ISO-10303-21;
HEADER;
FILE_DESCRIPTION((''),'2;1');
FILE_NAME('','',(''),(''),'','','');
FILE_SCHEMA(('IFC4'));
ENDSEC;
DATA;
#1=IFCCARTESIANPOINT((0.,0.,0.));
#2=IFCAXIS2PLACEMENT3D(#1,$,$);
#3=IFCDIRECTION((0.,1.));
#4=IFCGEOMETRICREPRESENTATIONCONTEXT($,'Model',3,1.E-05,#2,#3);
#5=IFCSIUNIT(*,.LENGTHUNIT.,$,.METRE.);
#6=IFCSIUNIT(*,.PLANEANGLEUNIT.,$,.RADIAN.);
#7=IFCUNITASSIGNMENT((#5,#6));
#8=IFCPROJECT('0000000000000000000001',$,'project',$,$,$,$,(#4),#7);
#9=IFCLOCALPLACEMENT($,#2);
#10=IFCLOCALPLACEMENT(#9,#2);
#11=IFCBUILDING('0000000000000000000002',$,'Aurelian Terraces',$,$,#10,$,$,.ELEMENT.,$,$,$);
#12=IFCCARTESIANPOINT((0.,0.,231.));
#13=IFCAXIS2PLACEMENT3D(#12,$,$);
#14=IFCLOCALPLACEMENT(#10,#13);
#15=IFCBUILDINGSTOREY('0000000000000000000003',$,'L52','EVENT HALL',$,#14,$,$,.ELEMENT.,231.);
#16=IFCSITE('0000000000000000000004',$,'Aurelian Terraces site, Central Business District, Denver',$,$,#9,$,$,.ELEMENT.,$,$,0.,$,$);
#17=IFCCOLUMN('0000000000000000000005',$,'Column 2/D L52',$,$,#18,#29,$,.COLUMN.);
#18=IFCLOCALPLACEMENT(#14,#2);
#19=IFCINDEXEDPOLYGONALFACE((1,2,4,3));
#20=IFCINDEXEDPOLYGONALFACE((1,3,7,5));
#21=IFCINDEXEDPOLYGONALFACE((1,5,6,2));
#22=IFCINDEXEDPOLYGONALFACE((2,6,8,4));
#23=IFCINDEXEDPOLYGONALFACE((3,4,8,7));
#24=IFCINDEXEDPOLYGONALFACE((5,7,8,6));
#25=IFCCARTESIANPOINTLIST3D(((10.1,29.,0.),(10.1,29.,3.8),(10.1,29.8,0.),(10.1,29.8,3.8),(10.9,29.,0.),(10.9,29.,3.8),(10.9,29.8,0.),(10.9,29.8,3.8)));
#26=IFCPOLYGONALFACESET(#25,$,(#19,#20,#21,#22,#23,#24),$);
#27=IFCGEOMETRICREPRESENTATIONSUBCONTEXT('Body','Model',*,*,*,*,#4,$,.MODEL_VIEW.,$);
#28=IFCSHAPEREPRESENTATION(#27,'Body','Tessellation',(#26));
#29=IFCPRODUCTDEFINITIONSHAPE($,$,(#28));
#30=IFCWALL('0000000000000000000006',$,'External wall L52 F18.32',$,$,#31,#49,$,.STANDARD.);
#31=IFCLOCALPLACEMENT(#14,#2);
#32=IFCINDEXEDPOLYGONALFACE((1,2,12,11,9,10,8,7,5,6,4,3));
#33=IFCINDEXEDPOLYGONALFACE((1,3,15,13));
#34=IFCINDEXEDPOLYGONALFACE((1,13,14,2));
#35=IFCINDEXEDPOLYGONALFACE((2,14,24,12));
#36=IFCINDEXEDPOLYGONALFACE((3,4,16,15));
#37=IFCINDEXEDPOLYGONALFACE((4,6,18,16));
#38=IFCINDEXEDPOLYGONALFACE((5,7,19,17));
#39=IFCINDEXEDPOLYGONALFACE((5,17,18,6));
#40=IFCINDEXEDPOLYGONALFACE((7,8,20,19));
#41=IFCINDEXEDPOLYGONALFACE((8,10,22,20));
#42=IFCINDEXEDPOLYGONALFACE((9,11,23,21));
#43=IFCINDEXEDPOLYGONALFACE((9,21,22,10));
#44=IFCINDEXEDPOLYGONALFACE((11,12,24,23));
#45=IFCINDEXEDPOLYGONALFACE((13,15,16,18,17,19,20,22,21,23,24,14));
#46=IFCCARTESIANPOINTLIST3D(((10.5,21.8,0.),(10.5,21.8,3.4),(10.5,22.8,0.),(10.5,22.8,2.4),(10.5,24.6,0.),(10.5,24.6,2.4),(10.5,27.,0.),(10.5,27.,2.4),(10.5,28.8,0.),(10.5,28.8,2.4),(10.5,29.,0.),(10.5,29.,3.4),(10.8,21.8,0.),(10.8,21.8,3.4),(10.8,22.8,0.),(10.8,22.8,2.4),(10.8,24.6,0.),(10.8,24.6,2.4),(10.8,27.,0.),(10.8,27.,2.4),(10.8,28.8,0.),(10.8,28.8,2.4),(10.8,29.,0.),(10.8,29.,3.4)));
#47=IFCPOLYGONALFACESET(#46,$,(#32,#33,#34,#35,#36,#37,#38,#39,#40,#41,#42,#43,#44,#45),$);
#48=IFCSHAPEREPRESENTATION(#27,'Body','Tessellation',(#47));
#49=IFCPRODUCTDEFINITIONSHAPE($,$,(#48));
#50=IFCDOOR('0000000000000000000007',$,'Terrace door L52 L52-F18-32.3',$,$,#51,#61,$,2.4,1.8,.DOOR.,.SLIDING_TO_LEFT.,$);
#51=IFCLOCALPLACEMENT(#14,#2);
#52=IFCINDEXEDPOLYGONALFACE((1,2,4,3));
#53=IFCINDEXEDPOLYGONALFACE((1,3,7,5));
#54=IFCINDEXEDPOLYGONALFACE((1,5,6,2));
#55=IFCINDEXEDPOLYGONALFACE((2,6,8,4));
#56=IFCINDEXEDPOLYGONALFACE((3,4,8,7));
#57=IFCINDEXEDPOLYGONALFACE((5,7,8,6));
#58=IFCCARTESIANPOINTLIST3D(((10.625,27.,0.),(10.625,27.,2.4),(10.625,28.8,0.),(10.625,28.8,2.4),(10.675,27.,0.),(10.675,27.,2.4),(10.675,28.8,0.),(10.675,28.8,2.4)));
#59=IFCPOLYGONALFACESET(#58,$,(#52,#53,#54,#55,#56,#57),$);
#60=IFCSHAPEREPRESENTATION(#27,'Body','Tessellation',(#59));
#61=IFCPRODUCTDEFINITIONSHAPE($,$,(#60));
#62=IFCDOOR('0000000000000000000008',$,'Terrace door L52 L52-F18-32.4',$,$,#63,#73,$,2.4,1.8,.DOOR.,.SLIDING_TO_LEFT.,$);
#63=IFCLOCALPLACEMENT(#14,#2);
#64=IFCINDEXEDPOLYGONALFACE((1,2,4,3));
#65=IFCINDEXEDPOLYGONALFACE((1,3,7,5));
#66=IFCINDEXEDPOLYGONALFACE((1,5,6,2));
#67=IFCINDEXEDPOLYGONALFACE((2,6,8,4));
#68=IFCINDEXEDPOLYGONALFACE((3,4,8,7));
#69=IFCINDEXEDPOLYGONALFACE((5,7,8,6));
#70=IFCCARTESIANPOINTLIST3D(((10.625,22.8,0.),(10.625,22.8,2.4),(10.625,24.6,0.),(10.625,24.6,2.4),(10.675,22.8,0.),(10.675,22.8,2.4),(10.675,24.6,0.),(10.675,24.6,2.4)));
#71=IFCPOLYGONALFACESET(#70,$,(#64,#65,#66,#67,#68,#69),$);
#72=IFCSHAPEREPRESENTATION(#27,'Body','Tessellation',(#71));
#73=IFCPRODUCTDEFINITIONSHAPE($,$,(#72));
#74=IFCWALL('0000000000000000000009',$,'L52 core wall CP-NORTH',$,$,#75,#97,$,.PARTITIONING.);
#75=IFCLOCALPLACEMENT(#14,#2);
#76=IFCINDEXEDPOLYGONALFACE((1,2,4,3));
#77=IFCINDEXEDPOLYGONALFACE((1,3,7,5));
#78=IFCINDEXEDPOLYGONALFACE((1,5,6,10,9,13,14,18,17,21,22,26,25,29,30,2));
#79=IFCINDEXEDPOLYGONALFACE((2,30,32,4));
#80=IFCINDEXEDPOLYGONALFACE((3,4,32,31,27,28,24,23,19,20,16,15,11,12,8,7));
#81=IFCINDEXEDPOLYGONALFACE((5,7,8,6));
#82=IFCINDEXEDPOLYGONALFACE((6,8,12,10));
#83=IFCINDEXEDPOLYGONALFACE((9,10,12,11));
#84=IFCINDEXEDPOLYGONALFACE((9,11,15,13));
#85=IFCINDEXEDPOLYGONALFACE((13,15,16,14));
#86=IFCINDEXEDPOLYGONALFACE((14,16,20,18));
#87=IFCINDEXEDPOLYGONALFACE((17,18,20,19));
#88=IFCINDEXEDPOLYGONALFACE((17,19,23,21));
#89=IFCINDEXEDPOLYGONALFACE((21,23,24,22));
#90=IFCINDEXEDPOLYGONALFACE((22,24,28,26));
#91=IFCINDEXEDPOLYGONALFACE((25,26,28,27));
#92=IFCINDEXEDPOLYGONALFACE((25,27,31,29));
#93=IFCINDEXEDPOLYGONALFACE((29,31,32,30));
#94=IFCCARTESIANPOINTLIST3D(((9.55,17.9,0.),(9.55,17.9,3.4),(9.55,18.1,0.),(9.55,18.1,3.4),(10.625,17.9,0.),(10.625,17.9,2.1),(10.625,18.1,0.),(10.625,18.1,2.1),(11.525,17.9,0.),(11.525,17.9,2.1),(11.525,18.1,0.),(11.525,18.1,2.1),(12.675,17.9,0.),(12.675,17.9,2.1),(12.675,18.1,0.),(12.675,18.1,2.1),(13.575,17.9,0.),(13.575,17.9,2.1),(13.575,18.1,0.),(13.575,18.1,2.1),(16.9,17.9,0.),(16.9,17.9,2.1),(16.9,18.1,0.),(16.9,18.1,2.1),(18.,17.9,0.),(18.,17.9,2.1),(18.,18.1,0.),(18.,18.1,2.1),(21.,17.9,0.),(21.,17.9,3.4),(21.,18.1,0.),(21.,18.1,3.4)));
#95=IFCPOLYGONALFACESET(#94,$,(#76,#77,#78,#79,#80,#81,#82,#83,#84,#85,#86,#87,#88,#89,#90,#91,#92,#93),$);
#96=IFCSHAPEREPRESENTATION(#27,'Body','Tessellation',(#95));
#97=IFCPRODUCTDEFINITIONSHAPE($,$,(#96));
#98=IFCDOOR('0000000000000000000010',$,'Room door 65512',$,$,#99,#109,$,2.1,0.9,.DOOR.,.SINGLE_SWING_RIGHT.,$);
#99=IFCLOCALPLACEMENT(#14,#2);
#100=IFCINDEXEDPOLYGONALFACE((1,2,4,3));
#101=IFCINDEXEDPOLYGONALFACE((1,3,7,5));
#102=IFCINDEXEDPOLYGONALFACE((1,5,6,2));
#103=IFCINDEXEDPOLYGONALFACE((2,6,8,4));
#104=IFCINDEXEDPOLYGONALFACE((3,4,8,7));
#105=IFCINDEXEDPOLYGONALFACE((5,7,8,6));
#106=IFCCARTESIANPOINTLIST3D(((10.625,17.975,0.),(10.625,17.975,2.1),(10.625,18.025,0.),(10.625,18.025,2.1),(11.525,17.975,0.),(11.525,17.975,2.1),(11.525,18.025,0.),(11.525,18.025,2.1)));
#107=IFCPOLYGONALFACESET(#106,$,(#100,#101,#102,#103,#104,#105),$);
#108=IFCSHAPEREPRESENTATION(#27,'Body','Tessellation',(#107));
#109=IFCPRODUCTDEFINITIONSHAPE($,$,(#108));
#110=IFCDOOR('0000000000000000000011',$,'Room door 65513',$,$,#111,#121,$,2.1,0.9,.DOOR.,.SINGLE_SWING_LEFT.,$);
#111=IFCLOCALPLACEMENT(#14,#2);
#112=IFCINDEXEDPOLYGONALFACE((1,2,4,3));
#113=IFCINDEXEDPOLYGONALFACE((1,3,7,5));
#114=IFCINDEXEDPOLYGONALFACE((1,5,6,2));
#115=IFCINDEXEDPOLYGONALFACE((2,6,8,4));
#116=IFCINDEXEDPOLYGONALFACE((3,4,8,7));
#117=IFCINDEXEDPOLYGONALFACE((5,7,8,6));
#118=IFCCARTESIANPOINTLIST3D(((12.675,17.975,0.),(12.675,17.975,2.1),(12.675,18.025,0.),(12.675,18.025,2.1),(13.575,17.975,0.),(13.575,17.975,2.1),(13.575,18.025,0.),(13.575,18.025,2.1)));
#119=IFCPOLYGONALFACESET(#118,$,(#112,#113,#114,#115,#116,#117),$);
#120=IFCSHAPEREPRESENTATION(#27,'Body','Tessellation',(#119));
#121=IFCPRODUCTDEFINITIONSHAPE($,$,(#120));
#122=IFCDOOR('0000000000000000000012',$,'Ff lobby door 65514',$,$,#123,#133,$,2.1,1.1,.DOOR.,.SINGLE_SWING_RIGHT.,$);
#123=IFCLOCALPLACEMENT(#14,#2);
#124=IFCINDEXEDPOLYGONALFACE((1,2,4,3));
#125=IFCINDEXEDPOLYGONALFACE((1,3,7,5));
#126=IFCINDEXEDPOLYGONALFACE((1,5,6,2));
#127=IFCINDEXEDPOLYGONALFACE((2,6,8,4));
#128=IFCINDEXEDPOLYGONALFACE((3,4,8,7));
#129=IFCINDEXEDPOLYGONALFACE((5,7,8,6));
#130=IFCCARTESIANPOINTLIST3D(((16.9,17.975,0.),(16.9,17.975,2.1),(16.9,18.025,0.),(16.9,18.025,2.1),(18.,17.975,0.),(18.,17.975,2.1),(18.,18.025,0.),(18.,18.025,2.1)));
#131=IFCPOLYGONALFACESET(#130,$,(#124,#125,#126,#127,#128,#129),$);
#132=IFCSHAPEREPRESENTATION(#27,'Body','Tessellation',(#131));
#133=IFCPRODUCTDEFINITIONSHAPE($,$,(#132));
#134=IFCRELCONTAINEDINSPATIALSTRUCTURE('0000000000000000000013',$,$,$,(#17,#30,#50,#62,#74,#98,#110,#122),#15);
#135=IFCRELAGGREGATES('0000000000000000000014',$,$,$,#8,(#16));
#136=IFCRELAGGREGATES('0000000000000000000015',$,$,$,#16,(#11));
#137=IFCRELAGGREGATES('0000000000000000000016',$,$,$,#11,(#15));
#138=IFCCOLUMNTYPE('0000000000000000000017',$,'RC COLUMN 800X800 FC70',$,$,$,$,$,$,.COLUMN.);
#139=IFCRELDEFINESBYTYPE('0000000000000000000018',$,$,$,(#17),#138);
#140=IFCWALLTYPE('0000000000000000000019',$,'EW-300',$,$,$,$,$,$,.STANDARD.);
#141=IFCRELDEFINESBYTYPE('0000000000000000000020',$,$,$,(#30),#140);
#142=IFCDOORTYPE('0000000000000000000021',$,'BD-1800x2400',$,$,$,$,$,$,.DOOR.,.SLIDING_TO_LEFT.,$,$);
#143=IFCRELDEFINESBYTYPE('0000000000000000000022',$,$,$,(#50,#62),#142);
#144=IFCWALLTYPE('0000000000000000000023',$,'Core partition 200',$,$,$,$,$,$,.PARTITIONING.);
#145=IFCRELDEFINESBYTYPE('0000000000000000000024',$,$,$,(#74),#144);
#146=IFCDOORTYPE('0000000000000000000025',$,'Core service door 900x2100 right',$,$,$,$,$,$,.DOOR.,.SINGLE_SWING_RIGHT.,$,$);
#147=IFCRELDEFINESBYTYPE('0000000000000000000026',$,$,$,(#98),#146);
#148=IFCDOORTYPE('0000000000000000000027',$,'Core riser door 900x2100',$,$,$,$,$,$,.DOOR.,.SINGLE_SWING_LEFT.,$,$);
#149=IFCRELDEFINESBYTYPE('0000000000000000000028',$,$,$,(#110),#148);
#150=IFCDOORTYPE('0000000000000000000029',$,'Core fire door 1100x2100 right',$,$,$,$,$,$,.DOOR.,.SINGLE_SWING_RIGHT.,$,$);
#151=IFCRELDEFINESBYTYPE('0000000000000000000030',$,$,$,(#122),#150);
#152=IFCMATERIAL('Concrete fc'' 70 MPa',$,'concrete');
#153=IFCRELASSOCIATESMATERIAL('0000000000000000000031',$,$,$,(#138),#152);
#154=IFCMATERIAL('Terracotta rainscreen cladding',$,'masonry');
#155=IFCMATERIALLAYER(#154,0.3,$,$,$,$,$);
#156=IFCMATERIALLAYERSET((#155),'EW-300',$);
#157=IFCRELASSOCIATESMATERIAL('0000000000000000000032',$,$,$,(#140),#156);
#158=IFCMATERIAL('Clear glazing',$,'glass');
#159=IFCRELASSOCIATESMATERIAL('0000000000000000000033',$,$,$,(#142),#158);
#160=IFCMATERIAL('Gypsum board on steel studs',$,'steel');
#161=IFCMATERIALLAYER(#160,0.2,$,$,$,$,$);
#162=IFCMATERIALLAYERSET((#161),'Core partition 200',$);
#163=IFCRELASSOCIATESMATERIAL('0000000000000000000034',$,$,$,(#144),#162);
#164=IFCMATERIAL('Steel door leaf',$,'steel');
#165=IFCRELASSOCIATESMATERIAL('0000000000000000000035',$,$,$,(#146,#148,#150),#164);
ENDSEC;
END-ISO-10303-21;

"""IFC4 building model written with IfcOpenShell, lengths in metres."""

from ifc_helpers import new_model, si_unit, direction, frame, frame_2d, origin, origin_2d, place, context, subcontext, project, spatial, rectangle, extrude, source, transform, mapped, material, layer, layer_set, material_profile, profile_set, type_object, element, fill, save


model = new_model("IFC4")

# Units and contexts
model_context = context("Model", 3, precision=1e-05, world=origin(), true_north=direction((0.0, 1.0)))
body_context = subcontext(model_context, "Body", "Model", "MODEL_VIEW")
ifc_project = project(units=[si_unit("LENGTHUNIT", "METRE"), si_unit("PLANEANGLEUNIT", "RADIAN")], contexts=[model_context])

# Site, building, storey
site_placement = place(None, origin())
site = spatial("IfcSite", under=ifc_project, at=site_placement, Name="Aurelian Terraces site, Central Business District, Denver", CompositionType="ELEMENT", RefElevation=0.0)
building_placement = place(site_placement, origin())
building = spatial("IfcBuilding", under=site, at=building_placement, Name="Aurelian Terraces", CompositionType="ELEMENT")
storey_placement = place(building_placement, frame((0.0, 0.0, 231.0)))
storey = spatial("IfcBuildingStorey", under=building, at=storey_placement, Name="L52", Description="EVENT HALL", CompositionType="ELEMENT", Elevation=231.0)

# Column
ifc_material_1 = material(Name="Concrete fc' 70 MPa", Category="concrete")
ifc_material_profile = material_profile(ifc_material_1, rectangle(XDim=0.8, YDim=0.8, at=origin_2d()))
ifc_profile_set = profile_set([ifc_material_profile], Name="Concrete fc' 70 MPa")
column_type = type_object("IfcColumnType", Name="RC COLUMN 800X800 FC70", PredefinedType="COLUMN", material=ifc_profile_set)
shared_shape_1 = source(origin(), body_context, "Body", "SweptSolid", [
    extrude(rectangle(XDim=0.8, YDim=0.8, at=origin_2d()), origin(), (0.0, 0.0, 1.0), 3.8),
])
column_placement = place(storey_placement, frame((10.5, 29.4, 0.0), z_axis=(0.0, 0.0, 1.0), x_axis=(1.0, 0.0, 0.0)))
element("IfcColumn", 1, at=column_placement, inside=storey, type_object=column_type, Name="Column 2/D L52", PredefinedType="COLUMN", context=body_context, shape_type="MappedRepresentation", body=[
    mapped(shared_shape_1, transform((0.0, 0.0, 0.0), scale=1.0)),
])

# Walls, openings, doors
ifc_material_2 = material(Name="Terracotta rainscreen cladding", Category="masonry")
ifc_layer_1 = layer(ifc_material_2, 0.3)
ifc_layer_set_1 = layer_set([ifc_layer_1], Name="EW-300")
wall_type_1 = type_object("IfcWallType", Name="EW-300", PredefinedType="STANDARD", material=ifc_layer_set_1)
shared_shape_2 = source(origin(), body_context, "Body", "SweptSolid", [
    extrude(rectangle(XDim=7.2, YDim=0.3, at=frame_2d((3.6, 0.0))), origin(), (0.0, 0.0, 1.0), 3.4),
])
wall_1_placement = place(storey_placement, frame((10.65, 29.0, 0.0), z_axis=(0.0, 0.0, 1.0), x_axis=(0.0, -1.0, 0.0)))
wall_1 = element("IfcWall", 2, at=wall_1_placement, inside=storey, type_object=wall_type_1, Name="External wall L52 F18.32", PredefinedType="STANDARD", context=body_context, shape_type="MappedRepresentation", body=[
    mapped(shared_shape_2, transform((0.0, 0.0, 0.0), scale=1.0)),
])
shared_shape_3 = source(origin(), body_context, "Body", "SweptSolid", [
    extrude(rectangle(XDim=1.8, YDim=2.4, at=frame_2d((0.9, 1.2))), frame((0.0, 0.16, 0.0), z_axis=(0.0, -1.0, 0.0), x_axis=(1.0, 0.0, 0.0)), (0.0, 0.0, 1.0), 0.32),
])
opening_1_placement = place(wall_1_placement, frame((0.2, 0.0, 0.0)))
opening_1 = element("IfcOpeningElement", 3, at=opening_1_placement, cuts=wall_1, PredefinedType="OPENING", context=body_context, shape_type="MappedRepresentation", body=[
    mapped(shared_shape_3, transform((0.0, 0.0, 0.0), scale=1.0)),
])
opening_2_placement = place(wall_1_placement, frame((4.4, 0.0, 0.0)))
opening_2 = element("IfcOpeningElement", 4, at=opening_2_placement, cuts=wall_1, PredefinedType="OPENING", context=body_context, shape_type="MappedRepresentation", body=[
    mapped(shared_shape_3, transform((0.0, 0.0, 0.0), scale=1.0)),
])
ifc_material_3 = material(Name="Clear glazing", Category="glass")
door_type_1 = type_object("IfcDoorType", Name="BD-1800x2400", OperationType="SLIDING_TO_LEFT", PredefinedType="DOOR", material=ifc_material_3)
shared_shape_4 = source(origin(), body_context, "Body", "SweptSolid", [
    extrude(rectangle(XDim=1.8, YDim=2.4, at=frame_2d((0.9, 1.2))), frame((0.0, 0.025, 0.0), z_axis=(0.0, -1.0, 0.0), x_axis=(1.0, 0.0, 0.0)), (0.0, 0.0, 1.0), 0.05),
])
door_1_placement = place(opening_1_placement, origin())
door_1 = element("IfcDoor", 5, at=door_1_placement, inside=storey, type_object=door_type_1, Name="Terrace door L52 L52-F18-32.3", OperationType="SLIDING_TO_LEFT", OverallHeight=2.4, OverallWidth=1.8, PredefinedType="DOOR", context=body_context, shape_type="MappedRepresentation", body=[
    mapped(shared_shape_4, transform((0.0, 0.0, 0.0), scale=1.0)),
])
fill(opening_1, door_1)
door_2_placement = place(opening_2_placement, origin())
door_2 = element("IfcDoor", 6, at=door_2_placement, inside=storey, type_object=door_type_1, Name="Terrace door L52 L52-F18-32.4", OperationType="SLIDING_TO_LEFT", OverallHeight=2.4, OverallWidth=1.8, PredefinedType="DOOR", context=body_context, shape_type="MappedRepresentation", body=[
    mapped(shared_shape_4, transform((0.0, 0.0, 0.0), scale=1.0)),
])
fill(opening_2, door_2)
ifc_material_4 = material(Name="Gypsum board on steel studs", Category="steel")
ifc_layer_2 = layer(ifc_material_4, 0.2)
ifc_layer_set_2 = layer_set([ifc_layer_2], Name="Core partition 200")
wall_type_2 = type_object("IfcWallType", Name="Core partition 200", PredefinedType="PARTITIONING", material=ifc_layer_set_2)
shared_shape_5 = source(origin(), body_context, "Body", "SweptSolid", [
    extrude(rectangle(XDim=11.45, YDim=0.2, at=frame_2d((5.725, 0.0))), origin(), (0.0, 0.0, 1.0), 3.4),
])
wall_2_placement = place(storey_placement, frame((9.55, 18.0, 0.0), z_axis=(0.0, 0.0, 1.0), x_axis=(1.0, 0.0, 0.0)))
wall_2 = element("IfcWall", 7, at=wall_2_placement, inside=storey, type_object=wall_type_2, Name="L52 core wall CP-NORTH", PredefinedType="PARTITIONING", context=body_context, shape_type="MappedRepresentation", body=[
    mapped(shared_shape_5, transform((0.0, 0.0, 0.0), scale=1.0)),
])
shared_shape_6 = source(origin(), body_context, "Body", "SweptSolid", [
    extrude(rectangle(XDim=0.9, YDim=2.1, at=frame_2d((0.45, 1.05))), frame((0.0, 0.11, 0.0), z_axis=(0.0, -1.0, 0.0), x_axis=(1.0, 0.0, 0.0)), (0.0, 0.0, 1.0), 0.22),
])
opening_3_placement = place(wall_2_placement, frame((1.075, 0.0, 0.0)))
opening_3 = element("IfcOpeningElement", 8, at=opening_3_placement, cuts=wall_2, PredefinedType="OPENING", context=body_context, shape_type="MappedRepresentation", body=[
    mapped(shared_shape_6, transform((0.0, 0.0, 0.0), scale=1.0)),
])
opening_4_placement = place(wall_2_placement, frame((3.125, 0.0, 0.0)))
opening_4 = element("IfcOpeningElement", 9, at=opening_4_placement, cuts=wall_2, PredefinedType="OPENING", context=body_context, shape_type="MappedRepresentation", body=[
    mapped(shared_shape_6, transform((0.0, 0.0, 0.0), scale=1.0)),
])
shared_shape_7 = source(origin(), body_context, "Body", "SweptSolid", [
    extrude(rectangle(XDim=1.1, YDim=2.1, at=frame_2d((0.55, 1.05))), frame((0.0, 0.11, 0.0), z_axis=(0.0, -1.0, 0.0), x_axis=(1.0, 0.0, 0.0)), (0.0, 0.0, 1.0), 0.22),
])
opening_5_placement = place(wall_2_placement, frame((7.35, 0.0, 0.0)))
opening_5 = element("IfcOpeningElement", 10, at=opening_5_placement, cuts=wall_2, PredefinedType="OPENING", context=body_context, shape_type="MappedRepresentation", body=[
    mapped(shared_shape_7, transform((0.0, 0.0, 0.0), scale=1.0)),
])
ifc_material_5 = material(Name="Steel door leaf", Category="steel")
door_type_2 = type_object("IfcDoorType", Name="Core service door 900x2100 right", OperationType="SINGLE_SWING_RIGHT", PredefinedType="DOOR", material=ifc_material_5)
shared_shape_8 = source(origin(), body_context, "Body", "SweptSolid", [
    extrude(rectangle(XDim=0.9, YDim=2.1, at=frame_2d((0.45, 1.05))), frame((0.0, 0.025, 0.0), z_axis=(0.0, -1.0, 0.0), x_axis=(1.0, 0.0, 0.0)), (0.0, 0.0, 1.0), 0.05),
])
door_3_placement = place(opening_3_placement, origin())
door_3 = element("IfcDoor", 11, at=door_3_placement, inside=storey, type_object=door_type_2, Name="Room door 65512", OperationType="SINGLE_SWING_RIGHT", OverallHeight=2.1, OverallWidth=0.9, PredefinedType="DOOR", context=body_context, shape_type="MappedRepresentation", body=[
    mapped(shared_shape_8, transform((0.0, 0.0, 0.0), scale=1.0)),
])
fill(opening_3, door_3)
door_type_3 = type_object("IfcDoorType", Name="Core riser door 900x2100", OperationType="SINGLE_SWING_LEFT", PredefinedType="DOOR", material=ifc_material_5)
door_4_placement = place(opening_4_placement, origin())
door_4 = element("IfcDoor", 12, at=door_4_placement, inside=storey, type_object=door_type_3, Name="Room door 65513", OperationType="SINGLE_SWING_LEFT", OverallHeight=2.1, OverallWidth=0.9, PredefinedType="DOOR", context=body_context, shape_type="MappedRepresentation", body=[
    mapped(shared_shape_8, transform((0.0, 0.0, 0.0), scale=1.0)),
])
fill(opening_4, door_4)
door_type_4 = type_object("IfcDoorType", Name="Core fire door 1100x2100 right", OperationType="SINGLE_SWING_RIGHT", PredefinedType="DOOR", material=ifc_material_5)
shared_shape_9 = source(origin(), body_context, "Body", "SweptSolid", [
    extrude(rectangle(XDim=1.1, YDim=2.1, at=frame_2d((0.55, 1.05))), frame((0.0, 0.025, 0.0), z_axis=(0.0, -1.0, 0.0), x_axis=(1.0, 0.0, 0.0)), (0.0, 0.0, 1.0), 0.05),
])
door_5_placement = place(opening_5_placement, origin())
door_5 = element("IfcDoor", 13, at=door_5_placement, inside=storey, type_object=door_type_4, Name="Ff lobby door 65514", OperationType="SINGLE_SWING_RIGHT", OverallHeight=2.1, OverallWidth=1.1, PredefinedType="DOOR", context=body_context, shape_type="MappedRepresentation", body=[
    mapped(shared_shape_9, transform((0.0, 0.0, 0.0), scale=1.0)),
])
fill(opening_5, door_5)

save(model, "model.ifc")
